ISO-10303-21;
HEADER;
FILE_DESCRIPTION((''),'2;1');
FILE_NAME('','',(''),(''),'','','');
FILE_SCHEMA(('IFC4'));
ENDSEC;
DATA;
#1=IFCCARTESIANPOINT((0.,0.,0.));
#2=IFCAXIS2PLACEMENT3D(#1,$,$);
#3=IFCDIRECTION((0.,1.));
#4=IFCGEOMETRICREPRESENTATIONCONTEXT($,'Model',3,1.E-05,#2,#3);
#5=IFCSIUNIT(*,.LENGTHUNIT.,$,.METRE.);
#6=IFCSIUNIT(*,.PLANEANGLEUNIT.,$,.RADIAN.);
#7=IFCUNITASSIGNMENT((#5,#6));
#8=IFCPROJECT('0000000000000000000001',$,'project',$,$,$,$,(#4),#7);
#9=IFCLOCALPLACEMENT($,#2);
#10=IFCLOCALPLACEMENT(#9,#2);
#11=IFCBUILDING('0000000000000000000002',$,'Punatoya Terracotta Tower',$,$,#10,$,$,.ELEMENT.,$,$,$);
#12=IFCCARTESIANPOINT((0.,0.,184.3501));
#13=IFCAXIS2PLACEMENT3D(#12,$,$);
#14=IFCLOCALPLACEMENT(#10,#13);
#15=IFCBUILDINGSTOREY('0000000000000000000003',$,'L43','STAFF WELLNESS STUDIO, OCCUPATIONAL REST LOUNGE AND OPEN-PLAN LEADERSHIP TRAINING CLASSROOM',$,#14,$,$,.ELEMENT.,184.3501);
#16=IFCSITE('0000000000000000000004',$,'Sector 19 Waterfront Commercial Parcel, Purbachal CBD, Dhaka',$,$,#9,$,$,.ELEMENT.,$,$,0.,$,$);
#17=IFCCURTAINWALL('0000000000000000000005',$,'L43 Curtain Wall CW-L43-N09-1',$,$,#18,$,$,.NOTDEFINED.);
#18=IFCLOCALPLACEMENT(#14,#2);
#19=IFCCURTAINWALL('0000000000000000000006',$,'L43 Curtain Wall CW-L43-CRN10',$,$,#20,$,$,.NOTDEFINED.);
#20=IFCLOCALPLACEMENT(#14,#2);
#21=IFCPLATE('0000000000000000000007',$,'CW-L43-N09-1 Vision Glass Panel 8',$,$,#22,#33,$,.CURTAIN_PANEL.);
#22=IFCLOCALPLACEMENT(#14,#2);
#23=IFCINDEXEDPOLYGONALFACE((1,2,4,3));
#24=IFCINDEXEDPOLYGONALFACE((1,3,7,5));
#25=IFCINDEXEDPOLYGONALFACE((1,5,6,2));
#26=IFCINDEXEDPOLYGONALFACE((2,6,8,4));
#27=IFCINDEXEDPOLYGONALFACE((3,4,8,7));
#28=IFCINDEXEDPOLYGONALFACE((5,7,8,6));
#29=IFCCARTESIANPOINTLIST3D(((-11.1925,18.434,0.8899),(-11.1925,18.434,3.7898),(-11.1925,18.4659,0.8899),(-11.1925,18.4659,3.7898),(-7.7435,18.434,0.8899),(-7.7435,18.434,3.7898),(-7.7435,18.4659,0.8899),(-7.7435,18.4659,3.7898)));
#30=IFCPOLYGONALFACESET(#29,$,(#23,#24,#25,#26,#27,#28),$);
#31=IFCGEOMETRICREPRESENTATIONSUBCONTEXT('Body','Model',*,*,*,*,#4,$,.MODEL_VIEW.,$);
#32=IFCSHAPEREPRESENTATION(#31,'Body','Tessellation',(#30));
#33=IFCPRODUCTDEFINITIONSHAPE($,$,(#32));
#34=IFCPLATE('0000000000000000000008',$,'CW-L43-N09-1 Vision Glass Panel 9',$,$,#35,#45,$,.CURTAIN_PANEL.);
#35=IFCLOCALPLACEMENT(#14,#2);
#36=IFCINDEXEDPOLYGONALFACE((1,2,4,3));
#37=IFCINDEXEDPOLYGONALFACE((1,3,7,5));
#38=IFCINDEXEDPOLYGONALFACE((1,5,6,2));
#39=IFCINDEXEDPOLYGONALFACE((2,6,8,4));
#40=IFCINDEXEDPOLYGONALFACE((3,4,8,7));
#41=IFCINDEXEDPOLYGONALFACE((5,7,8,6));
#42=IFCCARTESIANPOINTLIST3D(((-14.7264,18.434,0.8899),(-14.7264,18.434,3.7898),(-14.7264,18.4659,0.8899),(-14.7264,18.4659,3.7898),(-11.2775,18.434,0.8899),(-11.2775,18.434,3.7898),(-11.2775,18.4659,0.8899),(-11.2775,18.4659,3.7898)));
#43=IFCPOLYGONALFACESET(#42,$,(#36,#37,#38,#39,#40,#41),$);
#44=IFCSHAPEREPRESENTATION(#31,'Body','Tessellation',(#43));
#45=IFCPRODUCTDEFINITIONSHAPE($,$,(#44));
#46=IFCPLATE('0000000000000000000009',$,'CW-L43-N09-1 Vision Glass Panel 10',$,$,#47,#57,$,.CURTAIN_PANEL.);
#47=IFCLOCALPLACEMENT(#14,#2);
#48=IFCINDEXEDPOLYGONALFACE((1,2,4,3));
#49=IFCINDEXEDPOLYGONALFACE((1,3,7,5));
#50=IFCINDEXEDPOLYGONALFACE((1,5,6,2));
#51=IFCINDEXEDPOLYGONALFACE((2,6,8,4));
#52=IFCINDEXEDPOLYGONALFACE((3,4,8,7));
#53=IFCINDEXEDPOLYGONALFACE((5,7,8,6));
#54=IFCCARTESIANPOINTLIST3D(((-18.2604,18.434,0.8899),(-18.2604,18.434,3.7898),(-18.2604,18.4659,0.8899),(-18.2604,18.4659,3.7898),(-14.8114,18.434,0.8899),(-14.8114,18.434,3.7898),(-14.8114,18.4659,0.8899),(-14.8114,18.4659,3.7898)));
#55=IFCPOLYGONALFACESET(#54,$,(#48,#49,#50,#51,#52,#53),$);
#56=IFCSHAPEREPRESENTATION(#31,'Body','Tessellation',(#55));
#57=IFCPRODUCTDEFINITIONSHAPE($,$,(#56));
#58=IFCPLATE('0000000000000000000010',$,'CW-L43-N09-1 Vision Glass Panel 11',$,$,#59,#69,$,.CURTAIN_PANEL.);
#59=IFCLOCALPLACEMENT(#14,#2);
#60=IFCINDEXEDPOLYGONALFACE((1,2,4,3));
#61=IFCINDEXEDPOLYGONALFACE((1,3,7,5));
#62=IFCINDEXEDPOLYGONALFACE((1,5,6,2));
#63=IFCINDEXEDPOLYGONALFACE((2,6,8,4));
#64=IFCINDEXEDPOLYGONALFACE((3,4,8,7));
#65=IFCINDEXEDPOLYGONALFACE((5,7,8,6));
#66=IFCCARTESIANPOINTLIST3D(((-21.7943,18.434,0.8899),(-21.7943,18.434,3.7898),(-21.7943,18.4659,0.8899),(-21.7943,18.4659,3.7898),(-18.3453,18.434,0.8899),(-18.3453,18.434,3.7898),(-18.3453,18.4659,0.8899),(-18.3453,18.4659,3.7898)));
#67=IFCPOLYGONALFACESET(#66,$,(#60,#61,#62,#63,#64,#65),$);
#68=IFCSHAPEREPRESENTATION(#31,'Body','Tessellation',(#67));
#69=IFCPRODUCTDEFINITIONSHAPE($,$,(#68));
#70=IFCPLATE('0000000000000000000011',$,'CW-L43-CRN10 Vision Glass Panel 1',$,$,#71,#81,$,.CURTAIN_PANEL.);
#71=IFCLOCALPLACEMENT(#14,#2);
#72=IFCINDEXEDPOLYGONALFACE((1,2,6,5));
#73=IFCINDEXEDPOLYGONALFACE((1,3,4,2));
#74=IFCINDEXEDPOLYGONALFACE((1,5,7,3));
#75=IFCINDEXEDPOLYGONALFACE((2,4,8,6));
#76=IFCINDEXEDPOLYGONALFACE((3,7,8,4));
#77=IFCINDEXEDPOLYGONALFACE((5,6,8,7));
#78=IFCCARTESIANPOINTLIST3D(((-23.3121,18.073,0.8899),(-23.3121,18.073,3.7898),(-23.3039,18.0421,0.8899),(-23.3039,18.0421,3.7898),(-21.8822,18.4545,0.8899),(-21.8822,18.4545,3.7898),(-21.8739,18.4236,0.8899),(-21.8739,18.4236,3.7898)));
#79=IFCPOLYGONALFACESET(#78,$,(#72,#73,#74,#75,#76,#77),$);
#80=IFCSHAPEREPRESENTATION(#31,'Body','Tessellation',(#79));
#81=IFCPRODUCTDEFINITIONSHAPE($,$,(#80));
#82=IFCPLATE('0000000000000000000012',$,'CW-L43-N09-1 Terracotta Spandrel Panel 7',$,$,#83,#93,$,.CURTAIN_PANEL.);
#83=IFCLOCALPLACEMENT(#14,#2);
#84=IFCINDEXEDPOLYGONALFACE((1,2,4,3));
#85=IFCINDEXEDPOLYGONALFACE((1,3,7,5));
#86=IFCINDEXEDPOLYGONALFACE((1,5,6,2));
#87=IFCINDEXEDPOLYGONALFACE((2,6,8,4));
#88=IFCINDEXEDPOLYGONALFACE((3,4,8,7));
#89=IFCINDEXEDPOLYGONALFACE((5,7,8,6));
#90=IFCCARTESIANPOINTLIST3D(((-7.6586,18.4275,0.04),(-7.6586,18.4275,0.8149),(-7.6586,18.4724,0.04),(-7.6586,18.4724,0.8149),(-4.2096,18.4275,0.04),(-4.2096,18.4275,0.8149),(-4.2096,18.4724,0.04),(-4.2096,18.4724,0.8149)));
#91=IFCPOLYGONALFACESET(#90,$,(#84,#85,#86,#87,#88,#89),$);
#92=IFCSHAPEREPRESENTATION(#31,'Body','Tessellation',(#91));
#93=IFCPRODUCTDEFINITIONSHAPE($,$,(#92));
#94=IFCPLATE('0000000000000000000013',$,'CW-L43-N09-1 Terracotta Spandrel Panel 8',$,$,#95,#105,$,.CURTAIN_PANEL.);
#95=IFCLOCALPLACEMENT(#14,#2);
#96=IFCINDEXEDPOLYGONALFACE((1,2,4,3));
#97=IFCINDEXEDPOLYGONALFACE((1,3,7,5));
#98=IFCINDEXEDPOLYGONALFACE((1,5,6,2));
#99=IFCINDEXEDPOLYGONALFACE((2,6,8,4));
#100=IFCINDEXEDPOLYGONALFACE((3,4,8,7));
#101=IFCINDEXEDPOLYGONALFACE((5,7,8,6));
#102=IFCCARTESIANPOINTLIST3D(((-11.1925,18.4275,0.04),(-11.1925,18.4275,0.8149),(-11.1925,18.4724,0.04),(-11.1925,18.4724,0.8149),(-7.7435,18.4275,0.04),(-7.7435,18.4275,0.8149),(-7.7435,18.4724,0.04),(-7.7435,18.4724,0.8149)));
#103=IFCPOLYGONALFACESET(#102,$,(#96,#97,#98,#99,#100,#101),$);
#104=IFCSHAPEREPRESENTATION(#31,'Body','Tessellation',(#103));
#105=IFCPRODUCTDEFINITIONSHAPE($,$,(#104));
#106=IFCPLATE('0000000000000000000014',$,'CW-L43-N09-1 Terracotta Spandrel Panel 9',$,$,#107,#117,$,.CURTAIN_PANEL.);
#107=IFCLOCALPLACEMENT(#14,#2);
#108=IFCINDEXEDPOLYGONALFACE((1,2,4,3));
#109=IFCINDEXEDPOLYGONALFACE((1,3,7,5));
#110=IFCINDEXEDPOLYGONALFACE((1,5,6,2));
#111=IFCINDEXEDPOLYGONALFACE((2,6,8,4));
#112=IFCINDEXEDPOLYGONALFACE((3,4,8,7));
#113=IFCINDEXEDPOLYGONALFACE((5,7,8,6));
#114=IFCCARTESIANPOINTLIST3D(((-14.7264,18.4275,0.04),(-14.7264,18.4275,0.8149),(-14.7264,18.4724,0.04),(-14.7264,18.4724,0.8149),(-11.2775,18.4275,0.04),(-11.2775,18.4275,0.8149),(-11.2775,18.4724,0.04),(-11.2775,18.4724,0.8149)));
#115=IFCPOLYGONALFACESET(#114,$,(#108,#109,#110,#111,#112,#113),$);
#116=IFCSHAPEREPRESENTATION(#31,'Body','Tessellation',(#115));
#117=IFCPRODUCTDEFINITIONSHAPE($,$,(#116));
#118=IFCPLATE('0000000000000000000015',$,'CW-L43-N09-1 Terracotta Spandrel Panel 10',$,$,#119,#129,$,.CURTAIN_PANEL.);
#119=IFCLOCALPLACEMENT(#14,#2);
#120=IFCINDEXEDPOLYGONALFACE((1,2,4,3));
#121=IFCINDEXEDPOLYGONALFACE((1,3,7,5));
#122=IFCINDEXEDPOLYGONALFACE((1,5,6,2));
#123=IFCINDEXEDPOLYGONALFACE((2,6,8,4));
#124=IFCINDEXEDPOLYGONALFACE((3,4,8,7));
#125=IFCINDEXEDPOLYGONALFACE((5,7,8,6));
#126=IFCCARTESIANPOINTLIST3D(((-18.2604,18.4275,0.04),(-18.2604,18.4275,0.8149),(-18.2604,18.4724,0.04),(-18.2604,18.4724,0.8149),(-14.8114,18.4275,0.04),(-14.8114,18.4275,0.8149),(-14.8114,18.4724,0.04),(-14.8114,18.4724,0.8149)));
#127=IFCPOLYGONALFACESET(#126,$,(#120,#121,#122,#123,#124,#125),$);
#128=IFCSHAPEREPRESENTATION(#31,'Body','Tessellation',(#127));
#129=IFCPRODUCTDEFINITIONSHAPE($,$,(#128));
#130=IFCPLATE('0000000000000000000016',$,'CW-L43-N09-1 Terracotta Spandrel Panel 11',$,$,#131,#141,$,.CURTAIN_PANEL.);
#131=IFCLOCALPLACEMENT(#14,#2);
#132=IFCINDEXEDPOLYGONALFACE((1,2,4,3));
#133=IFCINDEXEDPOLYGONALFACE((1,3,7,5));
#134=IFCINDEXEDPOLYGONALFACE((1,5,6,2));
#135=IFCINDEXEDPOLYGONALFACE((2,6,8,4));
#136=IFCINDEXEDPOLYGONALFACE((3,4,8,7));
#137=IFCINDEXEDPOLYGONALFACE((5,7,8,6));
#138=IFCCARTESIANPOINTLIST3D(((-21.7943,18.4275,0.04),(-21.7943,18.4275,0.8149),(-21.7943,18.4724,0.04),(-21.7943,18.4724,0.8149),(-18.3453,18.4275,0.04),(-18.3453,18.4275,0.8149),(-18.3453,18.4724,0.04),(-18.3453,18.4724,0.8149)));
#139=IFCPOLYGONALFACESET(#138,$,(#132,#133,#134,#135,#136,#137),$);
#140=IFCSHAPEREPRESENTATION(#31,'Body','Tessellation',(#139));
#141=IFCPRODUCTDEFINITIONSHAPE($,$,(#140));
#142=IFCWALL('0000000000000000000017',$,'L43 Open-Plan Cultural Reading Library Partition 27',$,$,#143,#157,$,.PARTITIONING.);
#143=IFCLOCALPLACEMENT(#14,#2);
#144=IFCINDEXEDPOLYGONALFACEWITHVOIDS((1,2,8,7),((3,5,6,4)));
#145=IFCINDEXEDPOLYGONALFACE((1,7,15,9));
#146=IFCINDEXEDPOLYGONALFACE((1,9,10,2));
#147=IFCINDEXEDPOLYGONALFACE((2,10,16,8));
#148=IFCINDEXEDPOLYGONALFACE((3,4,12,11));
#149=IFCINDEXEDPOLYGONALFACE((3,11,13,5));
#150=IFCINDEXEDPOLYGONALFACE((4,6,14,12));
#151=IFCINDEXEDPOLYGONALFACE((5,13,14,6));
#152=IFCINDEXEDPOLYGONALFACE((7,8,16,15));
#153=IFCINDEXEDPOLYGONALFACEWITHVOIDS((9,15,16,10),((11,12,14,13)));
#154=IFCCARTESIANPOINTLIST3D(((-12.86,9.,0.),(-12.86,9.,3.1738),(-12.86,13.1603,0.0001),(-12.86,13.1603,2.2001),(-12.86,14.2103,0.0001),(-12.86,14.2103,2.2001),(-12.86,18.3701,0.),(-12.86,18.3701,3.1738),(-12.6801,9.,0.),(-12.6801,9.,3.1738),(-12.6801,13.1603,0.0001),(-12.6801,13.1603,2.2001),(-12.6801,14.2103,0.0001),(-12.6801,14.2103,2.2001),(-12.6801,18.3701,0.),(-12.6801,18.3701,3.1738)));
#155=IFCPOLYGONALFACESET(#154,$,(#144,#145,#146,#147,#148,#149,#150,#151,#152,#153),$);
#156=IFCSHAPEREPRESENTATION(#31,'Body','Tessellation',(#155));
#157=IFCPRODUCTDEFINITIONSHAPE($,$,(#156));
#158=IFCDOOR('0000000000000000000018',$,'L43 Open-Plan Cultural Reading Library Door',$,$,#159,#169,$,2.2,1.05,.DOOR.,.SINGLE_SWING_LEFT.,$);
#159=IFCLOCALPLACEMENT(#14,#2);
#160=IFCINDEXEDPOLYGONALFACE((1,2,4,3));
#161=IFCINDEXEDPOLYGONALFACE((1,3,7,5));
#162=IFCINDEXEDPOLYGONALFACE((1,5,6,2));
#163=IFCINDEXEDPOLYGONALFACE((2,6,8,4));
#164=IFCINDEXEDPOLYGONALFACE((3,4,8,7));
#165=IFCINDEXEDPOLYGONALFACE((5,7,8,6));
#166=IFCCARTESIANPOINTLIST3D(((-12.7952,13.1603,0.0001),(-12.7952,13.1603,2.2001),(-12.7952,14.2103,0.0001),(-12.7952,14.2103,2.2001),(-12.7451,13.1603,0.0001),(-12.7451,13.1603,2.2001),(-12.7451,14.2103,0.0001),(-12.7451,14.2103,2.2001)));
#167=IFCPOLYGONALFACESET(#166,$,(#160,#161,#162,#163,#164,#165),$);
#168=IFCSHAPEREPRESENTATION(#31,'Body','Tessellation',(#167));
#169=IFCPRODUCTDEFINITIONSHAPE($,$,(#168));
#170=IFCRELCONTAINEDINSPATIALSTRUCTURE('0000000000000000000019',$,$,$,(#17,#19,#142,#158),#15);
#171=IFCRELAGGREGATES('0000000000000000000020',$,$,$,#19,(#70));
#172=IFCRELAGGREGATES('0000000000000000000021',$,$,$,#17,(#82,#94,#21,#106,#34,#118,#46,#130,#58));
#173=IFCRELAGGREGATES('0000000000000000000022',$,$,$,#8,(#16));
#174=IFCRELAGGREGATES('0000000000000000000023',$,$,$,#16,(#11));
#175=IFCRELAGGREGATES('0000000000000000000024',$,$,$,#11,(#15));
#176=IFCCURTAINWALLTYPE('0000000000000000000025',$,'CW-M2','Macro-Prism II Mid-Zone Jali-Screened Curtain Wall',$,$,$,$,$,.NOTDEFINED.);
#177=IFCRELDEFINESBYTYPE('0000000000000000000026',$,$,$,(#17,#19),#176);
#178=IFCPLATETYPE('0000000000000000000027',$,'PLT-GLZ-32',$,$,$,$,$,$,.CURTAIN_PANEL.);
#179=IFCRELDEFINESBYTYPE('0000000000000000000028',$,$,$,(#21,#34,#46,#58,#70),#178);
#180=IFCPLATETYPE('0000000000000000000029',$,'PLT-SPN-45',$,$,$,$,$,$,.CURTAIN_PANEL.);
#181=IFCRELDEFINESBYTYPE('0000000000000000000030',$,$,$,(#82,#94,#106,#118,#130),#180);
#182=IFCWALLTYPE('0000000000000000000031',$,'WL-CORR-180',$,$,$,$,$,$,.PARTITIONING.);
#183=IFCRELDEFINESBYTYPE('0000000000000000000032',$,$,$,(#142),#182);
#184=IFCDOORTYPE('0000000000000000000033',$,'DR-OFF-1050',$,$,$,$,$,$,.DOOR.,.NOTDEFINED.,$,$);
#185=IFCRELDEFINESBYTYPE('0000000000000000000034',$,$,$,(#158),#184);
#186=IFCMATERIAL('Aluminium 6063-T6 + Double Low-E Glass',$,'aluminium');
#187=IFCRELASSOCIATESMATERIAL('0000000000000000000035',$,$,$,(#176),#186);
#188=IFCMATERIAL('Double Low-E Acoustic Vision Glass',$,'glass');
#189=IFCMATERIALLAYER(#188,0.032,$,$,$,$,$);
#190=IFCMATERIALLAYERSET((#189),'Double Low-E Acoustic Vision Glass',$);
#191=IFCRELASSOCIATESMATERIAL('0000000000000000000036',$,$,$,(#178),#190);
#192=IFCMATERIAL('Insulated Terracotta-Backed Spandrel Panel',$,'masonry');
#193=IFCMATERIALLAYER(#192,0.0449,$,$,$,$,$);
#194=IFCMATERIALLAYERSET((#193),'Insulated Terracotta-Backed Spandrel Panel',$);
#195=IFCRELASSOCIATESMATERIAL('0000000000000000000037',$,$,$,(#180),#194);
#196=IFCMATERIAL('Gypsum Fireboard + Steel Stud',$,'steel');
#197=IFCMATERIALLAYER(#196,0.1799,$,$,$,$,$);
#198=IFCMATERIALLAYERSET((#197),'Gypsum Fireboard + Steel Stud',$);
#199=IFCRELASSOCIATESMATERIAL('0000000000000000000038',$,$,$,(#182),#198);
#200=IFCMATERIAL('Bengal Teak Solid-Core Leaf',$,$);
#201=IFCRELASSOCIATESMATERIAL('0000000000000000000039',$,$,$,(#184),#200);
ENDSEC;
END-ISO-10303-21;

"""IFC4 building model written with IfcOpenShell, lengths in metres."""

from ifc_helpers import new_model, si_unit, direction, frame, frame_2d, origin, origin_2d, place, context, subcontext, project, spatial, rectangle, extrude, material, layer, layer_set, type_object, element, fill, aggregate, save


model = new_model("IFC4")

# Units and contexts
model_context = context("Model", 3, precision=1e-05, world=origin(), true_north=direction((0.0, 1.0)))
body_context = subcontext(model_context, "Body", "Model", "MODEL_VIEW")
ifc_project = project(units=[si_unit("LENGTHUNIT", "METRE"), si_unit("PLANEANGLEUNIT", "RADIAN")], contexts=[model_context])

# Site, building, storey
site_placement = place(None, origin())
site = spatial("IfcSite", under=ifc_project, at=site_placement, Name="Sector 19 Waterfront Commercial Parcel, Purbachal CBD, Dhaka", CompositionType="ELEMENT", RefElevation=0.0)
building_placement = place(site_placement, origin())
building = spatial("IfcBuilding", under=site, at=building_placement, Name="Punatoya Terracotta Tower", CompositionType="ELEMENT")
storey_placement = place(building_placement, frame((0.0, 0.0, 184.3501)))
storey = spatial("IfcBuildingStorey", under=building, at=storey_placement, Name="L43", Description="STAFF WELLNESS STUDIO, OCCUPATIONAL REST LOUNGE AND OPEN-PLAN LEADERSHIP TRAINING CLASSROOM", CompositionType="ELEMENT", Elevation=184.3501)

# Curtain walls
ifc_material_1 = material(Name="Aluminium 6063-T6 + Double Low-E Glass", Category="aluminium")
curtain_wall_type = type_object("IfcCurtainWallType", Name="CW-M2", Description="Macro-Prism II Mid-Zone Jali-Screened Curtain Wall", PredefinedType="NOTDEFINED", material=ifc_material_1)
curtain_wall_1_placement = place(storey_placement, origin())
curtain_wall_1 = element("IfcCurtainWall", 1, at=curtain_wall_1_placement, inside=storey, type_object=curtain_wall_type, Name="L43 Curtain Wall CW-L43-N09-1", PredefinedType="NOTDEFINED")
curtain_wall_2_placement = place(storey_placement, origin())
curtain_wall_2 = element("IfcCurtainWall", 2, at=curtain_wall_2_placement, inside=storey, type_object=curtain_wall_type, Name="L43 Curtain Wall CW-L43-CRN10", PredefinedType="NOTDEFINED")

# Plates
ifc_material_2 = material(Name="Double Low-E Acoustic Vision Glass", Category="glass")
ifc_layer_1 = layer(ifc_material_2, 0.032)
ifc_layer_set_1 = layer_set([ifc_layer_1], Name="Double Low-E Acoustic Vision Glass")
plate_type_1 = type_object("IfcPlateType", Name="PLT-GLZ-32", PredefinedType="CURTAIN_PANEL", material=ifc_layer_set_1)
plate_1_placement = place(storey_placement, frame((-9.468, 18.45, 0.8899), z_axis=(0.0, 0.0, 1.0), x_axis=(-1.0, 0.0, 0.0)))
plate_1 = element("IfcPlate", 3, at=plate_1_placement, type_object=plate_type_1, Name="CW-L43-N09-1 Vision Glass Panel 8", PredefinedType="CURTAIN_PANEL", context=body_context, shape_type="SweptSolid", body=[
    extrude(rectangle(XDim=3.449, YDim=0.032, at=origin_2d()), origin(), (0.0, 0.0, 1.0), 2.8999),
])
plate_2_placement = place(storey_placement, frame((-13.002, 18.45, 0.8899), z_axis=(0.0, 0.0, 1.0), x_axis=(-1.0, 0.0, 0.0)))
plate_2 = element("IfcPlate", 4, at=plate_2_placement, type_object=plate_type_1, Name="CW-L43-N09-1 Vision Glass Panel 9", PredefinedType="CURTAIN_PANEL", context=body_context, shape_type="SweptSolid", body=[
    extrude(rectangle(XDim=3.449, YDim=0.032, at=origin_2d()), origin(), (0.0, 0.0, 1.0), 2.8999),
])
plate_3_placement = place(storey_placement, frame((-16.5359, 18.45, 0.8899), z_axis=(0.0, 0.0, 1.0), x_axis=(-1.0, 0.0, 0.0)))
plate_3 = element("IfcPlate", 5, at=plate_3_placement, type_object=plate_type_1, Name="CW-L43-N09-1 Vision Glass Panel 10", PredefinedType="CURTAIN_PANEL", context=body_context, shape_type="SweptSolid", body=[
    extrude(rectangle(XDim=3.449, YDim=0.032, at=origin_2d()), origin(), (0.0, 0.0, 1.0), 2.8999),
])
plate_4_placement = place(storey_placement, frame((-20.0698, 18.45, 0.8899), z_axis=(0.0, 0.0, 1.0), x_axis=(-1.0, 0.0, 0.0)))
plate_4 = element("IfcPlate", 6, at=plate_4_placement, type_object=plate_type_1, Name="CW-L43-N09-1 Vision Glass Panel 11", PredefinedType="CURTAIN_PANEL", context=body_context, shape_type="SweptSolid", body=[
    extrude(rectangle(XDim=3.449, YDim=0.032, at=origin_2d()), origin(), (0.0, 0.0, 1.0), 2.8999),
])
plate_5_placement = place(storey_placement, frame((-22.593, 18.2483, 0.8899), z_axis=(0.0, 0.0, 1.0), x_axis=(-0.966214, -0.257742, 0.0)))
plate_5 = element("IfcPlate", 7, at=plate_5_placement, type_object=plate_type_1, Name="CW-L43-CRN10 Vision Glass Panel 1", PredefinedType="CURTAIN_PANEL", context=body_context, shape_type="SweptSolid", body=[
    extrude(rectangle(XDim=1.48, YDim=0.032, at=origin_2d()), origin(), (0.0, 0.0, 1.0), 2.8999),
])
aggregate(curtain_wall_2, [plate_5])
ifc_material_3 = material(Name="Insulated Terracotta-Backed Spandrel Panel", Category="masonry")
ifc_layer_2 = layer(ifc_material_3, 0.0449)
ifc_layer_set_2 = layer_set([ifc_layer_2], Name="Insulated Terracotta-Backed Spandrel Panel")
plate_type_2 = type_object("IfcPlateType", Name="PLT-SPN-45", PredefinedType="CURTAIN_PANEL", material=ifc_layer_set_2)
plate_6_placement = place(storey_placement, frame((-5.9341, 18.45, 0.04), z_axis=(0.0, 0.0, 1.0), x_axis=(-1.0, 0.0, 0.0)))
plate_6 = element("IfcPlate", 8, at=plate_6_placement, type_object=plate_type_2, Name="CW-L43-N09-1 Terracotta Spandrel Panel 7", PredefinedType="CURTAIN_PANEL", context=body_context, shape_type="SweptSolid", body=[
    extrude(rectangle(XDim=3.449, YDim=0.0449, at=origin_2d()), origin(), (0.0, 0.0, 1.0), 0.7749),
])
plate_7_placement = place(storey_placement, frame((-9.468, 18.45, 0.04), z_axis=(0.0, 0.0, 1.0), x_axis=(-1.0, 0.0, 0.0)))
plate_7 = element("IfcPlate", 9, at=plate_7_placement, type_object=plate_type_2, Name="CW-L43-N09-1 Terracotta Spandrel Panel 8", PredefinedType="CURTAIN_PANEL", context=body_context, shape_type="SweptSolid", body=[
    extrude(rectangle(XDim=3.449, YDim=0.0449, at=origin_2d()), origin(), (0.0, 0.0, 1.0), 0.7749),
])
plate_8_placement = place(storey_placement, frame((-13.002, 18.45, 0.04), z_axis=(0.0, 0.0, 1.0), x_axis=(-1.0, 0.0, 0.0)))
plate_8 = element("IfcPlate", 10, at=plate_8_placement, type_object=plate_type_2, Name="CW-L43-N09-1 Terracotta Spandrel Panel 9", PredefinedType="CURTAIN_PANEL", context=body_context, shape_type="SweptSolid", body=[
    extrude(rectangle(XDim=3.449, YDim=0.0449, at=origin_2d()), origin(), (0.0, 0.0, 1.0), 0.7749),
])
plate_9_placement = place(storey_placement, frame((-16.5359, 18.45, 0.04), z_axis=(0.0, 0.0, 1.0), x_axis=(-1.0, 0.0, 0.0)))
plate_9 = element("IfcPlate", 11, at=plate_9_placement, type_object=plate_type_2, Name="CW-L43-N09-1 Terracotta Spandrel Panel 10", PredefinedType="CURTAIN_PANEL", context=body_context, shape_type="SweptSolid", body=[
    extrude(rectangle(XDim=3.449, YDim=0.0449, at=origin_2d()), origin(), (0.0, 0.0, 1.0), 0.7749),
])
plate_10_placement = place(storey_placement, frame((-20.0698, 18.45, 0.04), z_axis=(0.0, 0.0, 1.0), x_axis=(-1.0, 0.0, 0.0)))
plate_10 = element("IfcPlate", 12, at=plate_10_placement, type_object=plate_type_2, Name="CW-L43-N09-1 Terracotta Spandrel Panel 11", PredefinedType="CURTAIN_PANEL", context=body_context, shape_type="SweptSolid", body=[
    extrude(rectangle(XDim=3.449, YDim=0.0449, at=origin_2d()), origin(), (0.0, 0.0, 1.0), 0.7749),
])
aggregate(curtain_wall_1, [plate_6, plate_7, plate_1, plate_8, plate_2, plate_9, plate_3, plate_10, plate_4])

# Wall, opening, door
ifc_material_4 = material(Name="Gypsum Fireboard + Steel Stud", Category="steel")
ifc_layer_3 = layer(ifc_material_4, 0.1799)
ifc_layer_set_3 = layer_set([ifc_layer_3], Name="Gypsum Fireboard + Steel Stud")
wall_type = type_object("IfcWallType", Name="WL-CORR-180", PredefinedType="PARTITIONING", material=ifc_layer_set_3)
wall_placement = place(storey_placement, frame((-12.77, 18.3701, 0.0), z_axis=(0.0, 0.0, 1.0), x_axis=(0.0, -1.0, 0.0)))
wall = element("IfcWall", 13, at=wall_placement, inside=storey, type_object=wall_type, Name="L43 Open-Plan Cultural Reading Library Partition 27", PredefinedType="PARTITIONING", context=body_context, shape_type="SweptSolid", body=[
    extrude(rectangle(XDim=9.3701, YDim=0.1799, at=frame_2d((4.6851, 0.0))), origin(), (0.0, 0.0, 1.0), 3.1738),
])
opening_placement = place(wall_placement, frame((4.1599, 0.0, 0.0)))
opening = element("IfcOpeningElement", 14, at=opening_placement, cuts=wall, PredefinedType="OPENING", context=body_context, shape_type="SweptSolid", body=[
    extrude(rectangle(XDim=1.05, YDim=2.2, at=frame_2d((0.5249, 1.1001))), frame((0.0, 0.0999, 0.0), z_axis=(0.0, -1.0, 0.0), x_axis=(1.0, 0.0, 0.0)), (0.0, 0.0, 1.0), 0.2),
])
ifc_material_5 = material(Name="Bengal Teak Solid-Core Leaf")
door_type = type_object("IfcDoorType", Name="DR-OFF-1050", OperationType="NOTDEFINED", PredefinedType="DOOR", material=ifc_material_5)
door_placement = place(opening_placement, origin())
door = element("IfcDoor", 15, at=door_placement, inside=storey, type_object=door_type, Name="L43 Open-Plan Cultural Reading Library Door", OperationType="SINGLE_SWING_LEFT", OverallHeight=2.2, OverallWidth=1.05, PredefinedType="DOOR", context=body_context, shape_type="SweptSolid", body=[
    extrude(rectangle(XDim=1.05, YDim=2.2, at=frame_2d((0.5249, 1.1001))), frame((0.0, 0.0249, 0.0), z_axis=(0.0, -1.0, 0.0), x_axis=(1.0, 0.0, 0.0)), (0.0, 0.0, 1.0), 0.05),
])
fill(opening, door)

save(model, "model.ifc")
